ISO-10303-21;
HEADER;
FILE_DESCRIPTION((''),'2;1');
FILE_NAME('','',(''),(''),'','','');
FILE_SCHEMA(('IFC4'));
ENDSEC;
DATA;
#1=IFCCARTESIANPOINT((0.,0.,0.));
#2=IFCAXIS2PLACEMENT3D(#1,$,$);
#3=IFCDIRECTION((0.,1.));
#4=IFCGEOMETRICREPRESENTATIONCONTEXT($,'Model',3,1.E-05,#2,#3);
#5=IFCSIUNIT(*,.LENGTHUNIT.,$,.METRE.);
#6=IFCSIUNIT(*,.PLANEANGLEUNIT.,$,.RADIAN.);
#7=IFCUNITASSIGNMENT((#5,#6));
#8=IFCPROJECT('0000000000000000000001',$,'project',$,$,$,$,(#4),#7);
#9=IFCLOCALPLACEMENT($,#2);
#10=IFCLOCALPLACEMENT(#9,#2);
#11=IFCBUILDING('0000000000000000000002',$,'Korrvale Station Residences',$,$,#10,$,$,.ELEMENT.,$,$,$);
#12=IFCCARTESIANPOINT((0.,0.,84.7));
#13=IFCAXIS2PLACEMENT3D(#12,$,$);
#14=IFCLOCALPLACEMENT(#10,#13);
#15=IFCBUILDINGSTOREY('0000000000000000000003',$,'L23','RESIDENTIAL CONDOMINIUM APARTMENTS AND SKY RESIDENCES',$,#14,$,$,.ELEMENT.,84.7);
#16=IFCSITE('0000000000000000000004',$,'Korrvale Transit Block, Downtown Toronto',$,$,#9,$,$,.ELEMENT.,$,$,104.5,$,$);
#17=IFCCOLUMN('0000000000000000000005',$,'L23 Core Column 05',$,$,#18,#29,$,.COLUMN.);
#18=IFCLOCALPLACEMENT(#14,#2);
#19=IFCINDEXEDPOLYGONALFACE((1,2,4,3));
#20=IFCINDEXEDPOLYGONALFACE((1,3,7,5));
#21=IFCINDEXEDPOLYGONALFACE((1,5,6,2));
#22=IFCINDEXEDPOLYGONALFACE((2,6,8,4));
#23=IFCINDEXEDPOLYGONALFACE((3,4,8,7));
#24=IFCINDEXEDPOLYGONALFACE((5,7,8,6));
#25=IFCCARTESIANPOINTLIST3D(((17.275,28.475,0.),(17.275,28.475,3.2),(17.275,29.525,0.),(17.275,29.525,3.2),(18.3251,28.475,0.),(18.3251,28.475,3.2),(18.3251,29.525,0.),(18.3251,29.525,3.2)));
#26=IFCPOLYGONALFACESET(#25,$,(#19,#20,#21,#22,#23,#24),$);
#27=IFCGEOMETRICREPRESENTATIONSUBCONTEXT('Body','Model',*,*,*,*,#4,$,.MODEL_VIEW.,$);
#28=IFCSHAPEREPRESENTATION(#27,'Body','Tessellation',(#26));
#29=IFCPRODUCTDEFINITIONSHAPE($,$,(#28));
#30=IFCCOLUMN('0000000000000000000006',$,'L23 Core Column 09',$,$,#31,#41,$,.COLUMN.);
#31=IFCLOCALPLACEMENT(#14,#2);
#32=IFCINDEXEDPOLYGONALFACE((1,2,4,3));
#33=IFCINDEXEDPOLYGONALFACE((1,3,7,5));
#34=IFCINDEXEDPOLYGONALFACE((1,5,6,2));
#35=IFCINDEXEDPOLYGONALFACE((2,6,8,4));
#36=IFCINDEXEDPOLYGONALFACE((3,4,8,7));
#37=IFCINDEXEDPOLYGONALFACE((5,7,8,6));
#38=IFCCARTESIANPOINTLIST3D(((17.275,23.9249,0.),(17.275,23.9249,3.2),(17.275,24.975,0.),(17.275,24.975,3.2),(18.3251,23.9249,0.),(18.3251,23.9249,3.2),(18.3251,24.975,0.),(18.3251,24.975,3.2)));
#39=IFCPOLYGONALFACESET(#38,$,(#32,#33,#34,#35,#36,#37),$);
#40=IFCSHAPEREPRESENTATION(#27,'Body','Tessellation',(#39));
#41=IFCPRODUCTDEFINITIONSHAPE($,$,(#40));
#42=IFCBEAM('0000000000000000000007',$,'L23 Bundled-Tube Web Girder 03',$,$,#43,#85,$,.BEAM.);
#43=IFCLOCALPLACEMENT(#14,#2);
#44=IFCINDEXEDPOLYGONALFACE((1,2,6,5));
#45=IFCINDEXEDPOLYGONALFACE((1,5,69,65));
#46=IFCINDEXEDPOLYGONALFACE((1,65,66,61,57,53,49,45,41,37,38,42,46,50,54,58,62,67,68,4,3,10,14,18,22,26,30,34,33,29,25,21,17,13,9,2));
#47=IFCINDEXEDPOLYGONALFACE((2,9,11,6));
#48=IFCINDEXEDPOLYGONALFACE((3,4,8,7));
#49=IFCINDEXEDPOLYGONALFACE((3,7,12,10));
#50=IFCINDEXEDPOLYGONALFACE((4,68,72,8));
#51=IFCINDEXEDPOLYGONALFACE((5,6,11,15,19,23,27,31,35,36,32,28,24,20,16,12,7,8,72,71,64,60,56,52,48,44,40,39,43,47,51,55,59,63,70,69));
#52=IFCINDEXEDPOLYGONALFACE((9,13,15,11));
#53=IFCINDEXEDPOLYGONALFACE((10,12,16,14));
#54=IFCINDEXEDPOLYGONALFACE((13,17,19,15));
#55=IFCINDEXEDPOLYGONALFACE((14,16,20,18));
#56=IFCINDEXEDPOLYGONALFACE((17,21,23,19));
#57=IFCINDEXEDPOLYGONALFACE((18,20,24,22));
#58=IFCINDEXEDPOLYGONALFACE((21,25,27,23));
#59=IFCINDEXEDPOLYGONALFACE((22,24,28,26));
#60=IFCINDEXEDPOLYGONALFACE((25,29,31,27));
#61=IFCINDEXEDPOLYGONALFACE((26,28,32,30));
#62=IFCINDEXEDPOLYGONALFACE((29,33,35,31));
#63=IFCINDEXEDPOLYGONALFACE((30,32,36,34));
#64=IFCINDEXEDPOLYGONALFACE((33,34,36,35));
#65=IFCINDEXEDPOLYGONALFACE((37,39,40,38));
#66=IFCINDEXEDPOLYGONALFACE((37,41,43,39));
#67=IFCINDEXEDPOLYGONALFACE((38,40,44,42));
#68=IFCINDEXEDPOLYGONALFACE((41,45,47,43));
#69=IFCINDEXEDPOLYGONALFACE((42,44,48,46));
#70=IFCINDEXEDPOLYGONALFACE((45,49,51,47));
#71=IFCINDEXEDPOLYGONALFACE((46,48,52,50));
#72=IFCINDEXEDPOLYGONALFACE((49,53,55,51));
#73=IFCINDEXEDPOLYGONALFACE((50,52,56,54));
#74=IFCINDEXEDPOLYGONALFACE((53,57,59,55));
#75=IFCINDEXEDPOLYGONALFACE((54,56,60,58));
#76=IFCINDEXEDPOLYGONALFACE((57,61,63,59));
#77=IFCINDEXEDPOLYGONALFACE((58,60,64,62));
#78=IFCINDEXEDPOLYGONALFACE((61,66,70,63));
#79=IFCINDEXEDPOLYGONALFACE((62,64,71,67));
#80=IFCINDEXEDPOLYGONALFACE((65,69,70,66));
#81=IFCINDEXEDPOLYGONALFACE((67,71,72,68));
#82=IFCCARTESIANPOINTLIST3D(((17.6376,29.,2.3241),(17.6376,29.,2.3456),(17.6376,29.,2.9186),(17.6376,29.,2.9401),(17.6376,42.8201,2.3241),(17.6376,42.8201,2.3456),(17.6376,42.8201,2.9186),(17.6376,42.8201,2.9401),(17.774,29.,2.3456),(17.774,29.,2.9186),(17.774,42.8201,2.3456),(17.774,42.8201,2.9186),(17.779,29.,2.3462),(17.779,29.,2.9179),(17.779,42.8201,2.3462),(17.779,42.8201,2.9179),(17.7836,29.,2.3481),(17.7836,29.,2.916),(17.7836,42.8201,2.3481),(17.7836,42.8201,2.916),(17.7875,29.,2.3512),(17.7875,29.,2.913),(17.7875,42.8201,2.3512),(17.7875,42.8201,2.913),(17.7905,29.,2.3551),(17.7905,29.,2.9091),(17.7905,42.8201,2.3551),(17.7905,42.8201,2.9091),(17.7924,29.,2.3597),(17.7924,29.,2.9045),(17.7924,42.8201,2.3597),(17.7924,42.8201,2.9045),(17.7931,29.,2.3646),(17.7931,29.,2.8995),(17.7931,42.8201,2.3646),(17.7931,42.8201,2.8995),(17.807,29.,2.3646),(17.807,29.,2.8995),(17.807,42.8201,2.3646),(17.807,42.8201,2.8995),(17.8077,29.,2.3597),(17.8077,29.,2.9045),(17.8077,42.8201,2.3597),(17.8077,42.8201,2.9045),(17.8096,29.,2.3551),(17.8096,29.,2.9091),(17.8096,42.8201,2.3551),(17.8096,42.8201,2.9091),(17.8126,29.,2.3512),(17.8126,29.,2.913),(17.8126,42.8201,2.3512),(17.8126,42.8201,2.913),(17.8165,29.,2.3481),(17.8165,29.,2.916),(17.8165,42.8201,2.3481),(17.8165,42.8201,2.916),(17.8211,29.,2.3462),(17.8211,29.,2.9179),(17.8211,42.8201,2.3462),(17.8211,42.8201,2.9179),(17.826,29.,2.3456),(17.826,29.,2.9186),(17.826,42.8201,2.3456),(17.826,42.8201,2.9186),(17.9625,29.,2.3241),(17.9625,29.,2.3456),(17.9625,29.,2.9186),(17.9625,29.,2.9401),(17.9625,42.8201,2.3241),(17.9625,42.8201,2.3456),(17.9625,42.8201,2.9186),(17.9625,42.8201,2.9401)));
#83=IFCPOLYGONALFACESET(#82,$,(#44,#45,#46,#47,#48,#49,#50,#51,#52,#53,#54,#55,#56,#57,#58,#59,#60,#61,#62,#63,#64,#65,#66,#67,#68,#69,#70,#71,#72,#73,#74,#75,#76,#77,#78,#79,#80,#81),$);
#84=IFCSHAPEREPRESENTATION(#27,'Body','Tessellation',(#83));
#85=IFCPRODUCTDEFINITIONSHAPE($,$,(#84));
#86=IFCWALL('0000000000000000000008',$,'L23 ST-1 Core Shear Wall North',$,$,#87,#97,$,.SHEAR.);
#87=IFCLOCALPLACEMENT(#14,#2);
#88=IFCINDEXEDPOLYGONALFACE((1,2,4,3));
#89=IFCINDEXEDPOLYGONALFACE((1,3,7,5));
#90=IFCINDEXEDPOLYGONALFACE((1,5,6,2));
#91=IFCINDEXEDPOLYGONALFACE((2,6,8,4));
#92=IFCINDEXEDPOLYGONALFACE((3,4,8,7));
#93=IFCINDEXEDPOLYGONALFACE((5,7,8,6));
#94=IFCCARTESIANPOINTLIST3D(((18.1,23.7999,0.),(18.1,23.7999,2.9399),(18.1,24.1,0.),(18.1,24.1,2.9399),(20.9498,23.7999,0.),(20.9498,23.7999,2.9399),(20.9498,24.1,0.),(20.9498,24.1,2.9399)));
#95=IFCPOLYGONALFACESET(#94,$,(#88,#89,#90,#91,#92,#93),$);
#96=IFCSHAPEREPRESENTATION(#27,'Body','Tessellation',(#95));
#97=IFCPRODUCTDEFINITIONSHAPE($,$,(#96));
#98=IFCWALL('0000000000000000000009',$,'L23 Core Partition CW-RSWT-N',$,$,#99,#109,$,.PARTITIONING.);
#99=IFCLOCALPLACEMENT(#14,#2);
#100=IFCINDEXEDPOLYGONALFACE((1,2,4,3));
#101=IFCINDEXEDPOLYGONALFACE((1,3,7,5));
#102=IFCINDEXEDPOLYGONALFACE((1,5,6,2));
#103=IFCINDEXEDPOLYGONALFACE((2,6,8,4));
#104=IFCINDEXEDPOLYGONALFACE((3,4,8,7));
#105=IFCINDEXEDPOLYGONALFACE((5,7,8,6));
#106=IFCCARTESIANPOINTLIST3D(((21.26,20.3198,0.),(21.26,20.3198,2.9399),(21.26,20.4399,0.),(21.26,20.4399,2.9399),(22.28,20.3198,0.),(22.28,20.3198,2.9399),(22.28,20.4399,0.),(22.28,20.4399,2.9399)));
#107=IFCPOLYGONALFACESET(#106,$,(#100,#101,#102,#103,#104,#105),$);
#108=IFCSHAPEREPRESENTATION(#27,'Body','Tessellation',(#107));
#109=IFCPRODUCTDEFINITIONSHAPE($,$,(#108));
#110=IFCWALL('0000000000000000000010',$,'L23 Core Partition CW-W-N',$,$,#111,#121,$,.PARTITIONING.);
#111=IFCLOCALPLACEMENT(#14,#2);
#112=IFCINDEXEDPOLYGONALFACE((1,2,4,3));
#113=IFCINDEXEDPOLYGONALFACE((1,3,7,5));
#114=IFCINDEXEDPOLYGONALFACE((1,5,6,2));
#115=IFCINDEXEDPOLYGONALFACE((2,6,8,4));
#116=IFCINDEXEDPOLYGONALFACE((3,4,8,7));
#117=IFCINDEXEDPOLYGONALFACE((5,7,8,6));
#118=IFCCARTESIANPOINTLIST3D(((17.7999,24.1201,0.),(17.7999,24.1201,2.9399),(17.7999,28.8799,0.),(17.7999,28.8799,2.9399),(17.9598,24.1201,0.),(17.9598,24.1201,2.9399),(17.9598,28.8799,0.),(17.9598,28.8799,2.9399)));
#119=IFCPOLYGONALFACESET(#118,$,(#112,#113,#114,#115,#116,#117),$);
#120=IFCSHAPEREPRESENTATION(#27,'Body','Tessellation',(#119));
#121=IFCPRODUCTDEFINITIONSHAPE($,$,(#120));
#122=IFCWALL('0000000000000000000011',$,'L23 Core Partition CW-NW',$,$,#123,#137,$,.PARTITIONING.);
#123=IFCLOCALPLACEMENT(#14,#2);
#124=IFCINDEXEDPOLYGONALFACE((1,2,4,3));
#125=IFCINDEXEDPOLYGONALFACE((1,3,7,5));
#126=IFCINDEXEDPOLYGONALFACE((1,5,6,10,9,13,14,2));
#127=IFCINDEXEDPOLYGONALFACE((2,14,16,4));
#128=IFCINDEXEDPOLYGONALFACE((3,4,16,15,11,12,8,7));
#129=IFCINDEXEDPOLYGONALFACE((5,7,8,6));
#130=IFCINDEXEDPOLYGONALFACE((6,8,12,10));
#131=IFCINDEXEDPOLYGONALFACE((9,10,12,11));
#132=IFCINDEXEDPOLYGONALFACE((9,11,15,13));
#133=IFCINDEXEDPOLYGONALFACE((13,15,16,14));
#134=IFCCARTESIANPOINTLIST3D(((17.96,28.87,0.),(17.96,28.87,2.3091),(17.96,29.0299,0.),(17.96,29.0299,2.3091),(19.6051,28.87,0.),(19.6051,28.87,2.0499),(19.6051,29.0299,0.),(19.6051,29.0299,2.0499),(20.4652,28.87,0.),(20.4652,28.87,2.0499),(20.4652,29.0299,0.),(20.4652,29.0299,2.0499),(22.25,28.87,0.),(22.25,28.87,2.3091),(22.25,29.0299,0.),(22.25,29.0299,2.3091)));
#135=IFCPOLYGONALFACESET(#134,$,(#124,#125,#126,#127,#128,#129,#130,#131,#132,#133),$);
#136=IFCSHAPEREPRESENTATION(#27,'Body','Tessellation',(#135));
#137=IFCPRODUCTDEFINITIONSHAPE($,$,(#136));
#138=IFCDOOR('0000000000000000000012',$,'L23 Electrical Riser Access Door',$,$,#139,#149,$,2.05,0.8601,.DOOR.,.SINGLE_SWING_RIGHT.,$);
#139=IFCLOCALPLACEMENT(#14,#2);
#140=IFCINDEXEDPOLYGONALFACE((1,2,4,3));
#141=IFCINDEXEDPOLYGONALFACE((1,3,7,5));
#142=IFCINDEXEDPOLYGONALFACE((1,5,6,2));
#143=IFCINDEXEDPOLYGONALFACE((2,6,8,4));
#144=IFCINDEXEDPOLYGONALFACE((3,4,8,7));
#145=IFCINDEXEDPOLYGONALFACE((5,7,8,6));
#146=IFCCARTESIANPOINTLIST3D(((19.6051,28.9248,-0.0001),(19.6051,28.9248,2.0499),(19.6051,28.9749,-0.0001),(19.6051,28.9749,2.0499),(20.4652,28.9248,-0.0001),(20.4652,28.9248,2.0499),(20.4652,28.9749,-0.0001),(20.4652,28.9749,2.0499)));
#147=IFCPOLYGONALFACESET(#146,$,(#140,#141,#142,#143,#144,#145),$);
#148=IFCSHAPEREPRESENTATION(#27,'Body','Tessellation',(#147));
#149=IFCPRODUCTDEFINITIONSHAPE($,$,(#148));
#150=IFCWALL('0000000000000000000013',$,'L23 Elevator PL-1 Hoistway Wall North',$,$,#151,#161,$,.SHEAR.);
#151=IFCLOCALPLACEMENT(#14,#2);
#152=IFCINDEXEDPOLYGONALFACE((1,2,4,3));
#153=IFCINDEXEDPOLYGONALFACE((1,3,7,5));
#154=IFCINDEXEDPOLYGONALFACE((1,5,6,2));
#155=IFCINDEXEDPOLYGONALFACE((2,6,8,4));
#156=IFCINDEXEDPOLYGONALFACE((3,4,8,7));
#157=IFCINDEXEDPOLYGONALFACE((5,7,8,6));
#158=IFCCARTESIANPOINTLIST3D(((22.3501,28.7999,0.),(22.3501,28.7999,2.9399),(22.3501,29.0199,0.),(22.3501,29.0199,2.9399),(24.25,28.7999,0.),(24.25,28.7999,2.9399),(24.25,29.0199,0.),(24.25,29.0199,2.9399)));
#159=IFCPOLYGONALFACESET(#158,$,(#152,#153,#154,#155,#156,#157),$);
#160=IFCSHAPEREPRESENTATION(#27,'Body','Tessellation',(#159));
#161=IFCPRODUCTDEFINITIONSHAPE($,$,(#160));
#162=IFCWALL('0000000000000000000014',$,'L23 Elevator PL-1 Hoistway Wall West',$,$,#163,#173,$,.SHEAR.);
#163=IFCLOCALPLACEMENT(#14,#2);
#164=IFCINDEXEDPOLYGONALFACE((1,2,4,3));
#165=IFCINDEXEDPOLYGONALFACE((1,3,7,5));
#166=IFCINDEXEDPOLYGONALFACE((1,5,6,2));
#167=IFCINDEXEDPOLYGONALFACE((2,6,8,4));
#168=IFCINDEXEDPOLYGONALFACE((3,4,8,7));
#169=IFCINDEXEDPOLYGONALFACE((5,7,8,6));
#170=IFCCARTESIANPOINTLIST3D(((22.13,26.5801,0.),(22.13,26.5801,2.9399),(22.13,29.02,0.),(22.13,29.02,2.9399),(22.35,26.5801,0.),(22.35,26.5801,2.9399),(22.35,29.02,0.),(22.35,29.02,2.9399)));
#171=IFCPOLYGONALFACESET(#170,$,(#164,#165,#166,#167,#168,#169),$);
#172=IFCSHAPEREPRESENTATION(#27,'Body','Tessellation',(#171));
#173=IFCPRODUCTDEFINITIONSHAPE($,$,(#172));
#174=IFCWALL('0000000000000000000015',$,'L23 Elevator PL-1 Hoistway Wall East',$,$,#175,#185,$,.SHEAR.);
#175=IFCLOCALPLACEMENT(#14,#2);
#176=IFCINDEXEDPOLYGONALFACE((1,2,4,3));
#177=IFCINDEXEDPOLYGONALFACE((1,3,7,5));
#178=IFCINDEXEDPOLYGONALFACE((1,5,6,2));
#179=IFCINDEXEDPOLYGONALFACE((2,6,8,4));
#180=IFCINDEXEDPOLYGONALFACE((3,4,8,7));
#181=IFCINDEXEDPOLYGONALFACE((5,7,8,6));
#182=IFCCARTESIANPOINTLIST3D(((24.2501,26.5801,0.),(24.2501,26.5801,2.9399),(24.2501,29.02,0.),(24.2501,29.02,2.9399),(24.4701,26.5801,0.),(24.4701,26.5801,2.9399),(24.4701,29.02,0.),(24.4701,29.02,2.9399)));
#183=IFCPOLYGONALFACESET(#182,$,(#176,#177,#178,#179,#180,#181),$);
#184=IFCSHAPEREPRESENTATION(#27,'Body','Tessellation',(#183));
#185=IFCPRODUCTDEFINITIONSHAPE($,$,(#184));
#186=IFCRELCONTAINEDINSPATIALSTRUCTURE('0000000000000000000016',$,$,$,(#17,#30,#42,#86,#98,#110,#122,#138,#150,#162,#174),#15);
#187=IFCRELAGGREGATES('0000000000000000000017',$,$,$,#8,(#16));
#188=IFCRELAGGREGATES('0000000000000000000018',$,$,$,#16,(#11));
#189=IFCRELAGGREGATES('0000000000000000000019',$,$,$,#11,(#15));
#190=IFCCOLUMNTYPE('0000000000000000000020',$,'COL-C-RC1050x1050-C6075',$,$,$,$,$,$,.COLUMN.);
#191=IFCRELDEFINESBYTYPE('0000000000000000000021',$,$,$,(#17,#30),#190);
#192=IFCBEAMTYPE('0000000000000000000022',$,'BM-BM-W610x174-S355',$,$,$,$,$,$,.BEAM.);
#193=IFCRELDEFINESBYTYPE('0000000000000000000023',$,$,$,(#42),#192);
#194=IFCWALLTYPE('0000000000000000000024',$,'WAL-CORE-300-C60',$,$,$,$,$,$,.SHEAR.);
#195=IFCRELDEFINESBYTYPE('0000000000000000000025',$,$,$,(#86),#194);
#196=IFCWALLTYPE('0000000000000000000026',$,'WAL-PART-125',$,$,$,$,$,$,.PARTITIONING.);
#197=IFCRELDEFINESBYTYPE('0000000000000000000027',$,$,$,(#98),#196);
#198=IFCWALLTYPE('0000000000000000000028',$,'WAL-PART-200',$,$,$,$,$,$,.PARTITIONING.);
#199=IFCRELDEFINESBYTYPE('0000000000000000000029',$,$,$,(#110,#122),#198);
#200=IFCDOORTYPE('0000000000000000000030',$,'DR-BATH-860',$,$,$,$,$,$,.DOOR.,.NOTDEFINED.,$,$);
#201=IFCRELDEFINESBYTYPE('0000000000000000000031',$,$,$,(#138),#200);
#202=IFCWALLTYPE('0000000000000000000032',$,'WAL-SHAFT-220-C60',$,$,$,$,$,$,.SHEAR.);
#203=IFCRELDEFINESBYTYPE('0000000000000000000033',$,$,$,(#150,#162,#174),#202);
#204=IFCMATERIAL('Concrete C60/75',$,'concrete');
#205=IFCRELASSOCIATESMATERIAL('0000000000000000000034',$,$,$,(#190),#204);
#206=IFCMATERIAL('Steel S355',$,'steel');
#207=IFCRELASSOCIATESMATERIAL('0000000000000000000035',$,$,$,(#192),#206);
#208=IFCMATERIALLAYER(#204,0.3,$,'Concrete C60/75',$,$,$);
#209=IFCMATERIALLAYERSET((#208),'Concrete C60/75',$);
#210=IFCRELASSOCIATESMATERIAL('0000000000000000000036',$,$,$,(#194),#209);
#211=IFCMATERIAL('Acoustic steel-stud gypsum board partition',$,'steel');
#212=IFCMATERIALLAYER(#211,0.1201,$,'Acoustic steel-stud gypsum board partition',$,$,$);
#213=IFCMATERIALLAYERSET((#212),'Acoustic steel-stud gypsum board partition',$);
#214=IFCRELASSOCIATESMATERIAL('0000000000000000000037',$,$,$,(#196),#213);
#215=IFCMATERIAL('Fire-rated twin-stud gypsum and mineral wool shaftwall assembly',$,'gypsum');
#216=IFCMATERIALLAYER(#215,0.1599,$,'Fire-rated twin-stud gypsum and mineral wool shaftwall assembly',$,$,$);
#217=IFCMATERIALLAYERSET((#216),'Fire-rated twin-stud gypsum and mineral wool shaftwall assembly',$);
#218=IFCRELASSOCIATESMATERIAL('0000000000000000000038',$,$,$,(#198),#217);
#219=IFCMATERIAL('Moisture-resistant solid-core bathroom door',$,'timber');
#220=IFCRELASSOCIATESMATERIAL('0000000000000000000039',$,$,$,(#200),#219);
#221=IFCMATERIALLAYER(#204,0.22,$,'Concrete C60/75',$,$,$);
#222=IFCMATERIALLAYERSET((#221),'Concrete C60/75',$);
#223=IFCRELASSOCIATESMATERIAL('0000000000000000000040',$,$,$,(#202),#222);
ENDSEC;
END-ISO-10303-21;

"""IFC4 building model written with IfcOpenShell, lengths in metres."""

from ifc_helpers import new_model, si_unit, direction, frame, frame_2d, origin, origin_2d, place, context, subcontext, project, spatial, rectangle, i_section, extrude, material, layer, layer_set, material_profile, profile_set, type_object, element, fill, save


model = new_model("IFC4")

# Units and contexts
model_context = context("Model", 3, precision=1e-05, world=origin(), true_north=direction((0.0, 1.0)))
body_context = subcontext(model_context, "Body", "Model", "MODEL_VIEW")
ifc_project = project(units=[si_unit("LENGTHUNIT", "METRE"), si_unit("PLANEANGLEUNIT", "RADIAN")], contexts=[model_context])

# Site, building, storey
site_placement = place(None, origin())
site = spatial("IfcSite", under=ifc_project, at=site_placement, Name="Korrvale Transit Block, Downtown Toronto", CompositionType="ELEMENT", RefElevation=104.5)
building_placement = place(site_placement, origin())
building = spatial("IfcBuilding", under=site, at=building_placement, Name="Korrvale Station Residences", CompositionType="ELEMENT")
storey_placement = place(building_placement, frame((0.0, 0.0, 84.7)))
storey = spatial("IfcBuildingStorey", under=building, at=storey_placement, Name="L23", Description="RESIDENTIAL CONDOMINIUM APARTMENTS AND SKY RESIDENCES", CompositionType="ELEMENT", Elevation=84.7)

# Columns
ifc_material_1 = material(Name="Concrete C60/75", Category="concrete")
ifc_material_profile_1 = material_profile(ifc_material_1, rectangle(XDim=1.05, YDim=1.05, at=origin_2d()), Name="RC1050x1050")
ifc_profile_set_1 = profile_set([ifc_material_profile_1], Name="Concrete C60/75")
column_type = type_object("IfcColumnType", Name="COL-C-RC1050x1050-C6075", PredefinedType="COLUMN", material=ifc_profile_set_1)
for number, where, z_axis, x_axis, name in (
    (1, (17.8, 29.0, 0.0), (0.0, 0.0, 1.0), (1.0, 0.0, 0.0), "L23 Core Column 05"),
    (2, (17.8, 24.45, 0.0), (0.0, 0.0, 1.0), (1.0, 0.0, 0.0), "L23 Core Column 09"),
):
    element("IfcColumn", number, at=place(storey_placement, frame(where, z_axis=z_axis, x_axis=x_axis)), inside=storey, type_object=column_type, Name=name, PredefinedType="COLUMN", context=body_context, shape_type="SweptSolid", body=[
        extrude(rectangle(XDim=1.05, YDim=1.05, at=origin_2d()), origin(), (0.0, 0.0, 1.0), 3.2),
    ])

# Beam
ifc_material_2 = material(Name="Steel S355", Category="steel")
ifc_material_profile_2 = material_profile(ifc_material_2, i_section(OverallWidth=0.325, OverallDepth=0.616, WebThickness=0.0139, FlangeThickness=0.0215, FilletRadius=0.019, at=origin_2d()), Name="W610x174")
ifc_profile_set_2 = profile_set([ifc_material_profile_2], Name="Steel S355")
beam_type = type_object("IfcBeamType", Name="BM-BM-W610x174-S355", PredefinedType="BEAM", material=ifc_profile_set_2)
beam_placement = place(storey_placement, frame((17.8, 29.0, 2.6321), z_axis=(0.0, 1.0, 0.0), x_axis=(-1.0, 0.0, 0.0)))
element("IfcBeam", 3, at=beam_placement, inside=storey, type_object=beam_type, Name="L23 Bundled-Tube Web Girder 03", PredefinedType="BEAM", context=body_context, shape_type="SweptSolid", body=[
    extrude(i_section(OverallWidth=0.325, OverallDepth=0.616, WebThickness=0.0139, FlangeThickness=0.0215, FilletRadius=0.019, at=origin_2d()), origin(), (0.0, 0.0, 1.0), 13.8201),
])

# Walls
ifc_layer_1 = layer(ifc_material_1, 0.3, Name="Concrete C60/75")
ifc_layer_set_1 = layer_set([ifc_layer_1], Name="Concrete C60/75")
wall_type_1 = type_object("IfcWallType", Name="WAL-CORE-300-C60", PredefinedType="SHEAR", material=ifc_layer_set_1)
wall_1_placement = place(storey_placement, frame((18.1001, 23.95, 0.0), z_axis=(0.0, 0.0, 1.0), x_axis=(1.0, 0.0, 0.0)))
element("IfcWall", 4, at=wall_1_placement, inside=storey, type_object=wall_type_1, Name="L23 ST-1 Core Shear Wall North", PredefinedType="SHEAR", context=body_context, shape_type="SweptSolid", body=[
    extrude(rectangle(XDim=2.8499, YDim=0.3, at=frame_2d((1.4248, 0.0))), origin(), (0.0, 0.0, 1.0), 2.9399),
])
ifc_material_3 = material(Name="Acoustic steel-stud gypsum board partition", Category="steel")
ifc_layer_2 = layer(ifc_material_3, 0.1201, Name="Acoustic steel-stud gypsum board partition")
ifc_layer_set_2 = layer_set([ifc_layer_2], Name="Acoustic steel-stud gypsum board partition")
wall_type_2 = type_object("IfcWallType", Name="WAL-PART-125", PredefinedType="PARTITIONING", material=ifc_layer_set_2)
wall_2_placement = place(storey_placement, frame((22.28, 20.3799, 0.0), z_axis=(0.0, 0.0, 1.0), x_axis=(-1.0, 0.0, 0.0)))
element("IfcWall", 5, at=wall_2_placement, inside=storey, type_object=wall_type_2, Name="L23 Core Partition CW-RSWT-N", PredefinedType="PARTITIONING", context=body_context, shape_type="SweptSolid", body=[
    extrude(rectangle(XDim=1.02, YDim=0.1201, at=frame_2d((0.51, 0.0))), origin(), (0.0, 0.0, 1.0), 2.9399),
])
ifc_material_4 = material(Name="Fire-rated twin-stud gypsum and mineral wool shaftwall assembly", Category="gypsum")
ifc_layer_3 = layer(ifc_material_4, 0.1599, Name="Fire-rated twin-stud gypsum and mineral wool shaftwall assembly")
ifc_layer_set_3 = layer_set([ifc_layer_3], Name="Fire-rated twin-stud gypsum and mineral wool shaftwall assembly")
wall_type_3 = type_object("IfcWallType", Name="WAL-PART-200", PredefinedType="PARTITIONING", material=ifc_layer_set_3)
wall_3_placement = place(storey_placement, frame((17.8799, 24.1201, 0.0), z_axis=(0.0, 0.0, 1.0), x_axis=(0.0, 1.0, 0.0)))
element("IfcWall", 6, at=wall_3_placement, inside=storey, type_object=wall_type_3, Name="L23 Core Partition CW-W-N", PredefinedType="PARTITIONING", context=body_context, shape_type="SweptSolid", body=[
    extrude(rectangle(XDim=4.7598, YDim=0.1599, at=frame_2d((2.3799, 0.0))), origin(), (0.0, 0.0, 1.0), 2.9399),
])

# Wall, opening, door
wall_4_placement = place(storey_placement, frame((17.96, 28.95, 0.0), z_axis=(0.0, 0.0, 1.0), x_axis=(1.0, 0.0, 0.0)))
wall_4 = element("IfcWall", 7, at=wall_4_placement, inside=storey, type_object=wall_type_3, Name="L23 Core Partition CW-NW", PredefinedType="PARTITIONING", context=body_context, shape_type="SweptSolid", body=[
    extrude(rectangle(XDim=4.29, YDim=0.1599, at=frame_2d((2.145, 0.0))), origin(), (0.0, 0.0, 1.0), 2.3091),
])
opening_1_placement = place(wall_4_placement, frame((1.645, 0.0, 0.0)))
opening_1 = element("IfcOpeningElement", 8, at=opening_1_placement, cuts=wall_4, PredefinedType="OPENING", context=body_context, shape_type="SweptSolid", body=[
    extrude(rectangle(XDim=0.8601, YDim=2.05, at=frame_2d((0.4302, 1.0249))), frame((0.0, 0.0898, 0.0), z_axis=(0.0, -1.0, 0.0), x_axis=(1.0, 0.0, 0.0)), (0.0, 0.0, 1.0), 0.1799),
])
ifc_material_5 = material(Name="Moisture-resistant solid-core bathroom door", Category="timber")
door_type_1 = type_object("IfcDoorType", Name="DR-BATH-860", OperationType="NOTDEFINED", PredefinedType="DOOR", material=ifc_material_5)
door_1_placement = place(opening_1_placement, origin())
door_1 = element("IfcDoor", 9, at=door_1_placement, inside=storey, type_object=door_type_1, Name="L23 Electrical Riser Access Door", OperationType="SINGLE_SWING_RIGHT", OverallHeight=2.05, OverallWidth=0.8601, PredefinedType="DOOR", context=body_context, shape_type="SweptSolid", body=[
    extrude(rectangle(XDim=0.8601, YDim=2.05, at=frame_2d((0.4302, 1.0249))), frame((0.0, 0.0249, 0.0), z_axis=(0.0, -1.0, 0.0), x_axis=(1.0, 0.0, 0.0)), (0.0, 0.0, 1.0), 0.05),
])
fill(opening_1, door_1)
ifc_layer_4 = layer(ifc_material_1, 0.22, Name="Concrete C60/75")
ifc_layer_set_4 = layer_set([ifc_layer_4], Name="Concrete C60/75")
wall_type_4 = type_object("IfcWallType", Name="WAL-SHAFT-220-C60", PredefinedType="SHEAR", material=ifc_layer_set_4)

# Walls
wall_5_placement = place(storey_placement, frame((22.3501, 28.9099, 0.0), z_axis=(0.0, 0.0, 1.0), x_axis=(1.0, 0.0, 0.0)))
element("IfcWall", 10, at=wall_5_placement, inside=storey, type_object=wall_type_4, Name="L23 Elevator PL-1 Hoistway Wall North", PredefinedType="SHEAR", context=body_context, shape_type="SweptSolid", body=[
    extrude(rectangle(XDim=1.8999, YDim=0.22, at=frame_2d((0.95, 0.0))), origin(), (0.0, 0.0, 1.0), 2.9399),
])
for number, where, z_axis, x_axis, name in (
    (11, (22.24, 26.5801, 0.0), (0.0, 0.0, 1.0), (0.0, 1.0, 0.0), "L23 Elevator PL-1 Hoistway Wall West"),
    (12, (24.3601, 26.5801, 0.0), (0.0, 0.0, 1.0), (0.0, 1.0, 0.0), "L23 Elevator PL-1 Hoistway Wall East"),
):
    element("IfcWall", number, at=place(storey_placement, frame(where, z_axis=z_axis, x_axis=x_axis)), inside=storey, type_object=wall_type_4, Name=name, PredefinedType="SHEAR", context=body_context, shape_type="SweptSolid", body=[
        extrude(rectangle(XDim=2.4399, YDim=0.22, at=frame_2d((1.22, 0.0))), origin(), (0.0, 0.0, 1.0), 2.9399),
    ])

save(model, "model.ifc")
